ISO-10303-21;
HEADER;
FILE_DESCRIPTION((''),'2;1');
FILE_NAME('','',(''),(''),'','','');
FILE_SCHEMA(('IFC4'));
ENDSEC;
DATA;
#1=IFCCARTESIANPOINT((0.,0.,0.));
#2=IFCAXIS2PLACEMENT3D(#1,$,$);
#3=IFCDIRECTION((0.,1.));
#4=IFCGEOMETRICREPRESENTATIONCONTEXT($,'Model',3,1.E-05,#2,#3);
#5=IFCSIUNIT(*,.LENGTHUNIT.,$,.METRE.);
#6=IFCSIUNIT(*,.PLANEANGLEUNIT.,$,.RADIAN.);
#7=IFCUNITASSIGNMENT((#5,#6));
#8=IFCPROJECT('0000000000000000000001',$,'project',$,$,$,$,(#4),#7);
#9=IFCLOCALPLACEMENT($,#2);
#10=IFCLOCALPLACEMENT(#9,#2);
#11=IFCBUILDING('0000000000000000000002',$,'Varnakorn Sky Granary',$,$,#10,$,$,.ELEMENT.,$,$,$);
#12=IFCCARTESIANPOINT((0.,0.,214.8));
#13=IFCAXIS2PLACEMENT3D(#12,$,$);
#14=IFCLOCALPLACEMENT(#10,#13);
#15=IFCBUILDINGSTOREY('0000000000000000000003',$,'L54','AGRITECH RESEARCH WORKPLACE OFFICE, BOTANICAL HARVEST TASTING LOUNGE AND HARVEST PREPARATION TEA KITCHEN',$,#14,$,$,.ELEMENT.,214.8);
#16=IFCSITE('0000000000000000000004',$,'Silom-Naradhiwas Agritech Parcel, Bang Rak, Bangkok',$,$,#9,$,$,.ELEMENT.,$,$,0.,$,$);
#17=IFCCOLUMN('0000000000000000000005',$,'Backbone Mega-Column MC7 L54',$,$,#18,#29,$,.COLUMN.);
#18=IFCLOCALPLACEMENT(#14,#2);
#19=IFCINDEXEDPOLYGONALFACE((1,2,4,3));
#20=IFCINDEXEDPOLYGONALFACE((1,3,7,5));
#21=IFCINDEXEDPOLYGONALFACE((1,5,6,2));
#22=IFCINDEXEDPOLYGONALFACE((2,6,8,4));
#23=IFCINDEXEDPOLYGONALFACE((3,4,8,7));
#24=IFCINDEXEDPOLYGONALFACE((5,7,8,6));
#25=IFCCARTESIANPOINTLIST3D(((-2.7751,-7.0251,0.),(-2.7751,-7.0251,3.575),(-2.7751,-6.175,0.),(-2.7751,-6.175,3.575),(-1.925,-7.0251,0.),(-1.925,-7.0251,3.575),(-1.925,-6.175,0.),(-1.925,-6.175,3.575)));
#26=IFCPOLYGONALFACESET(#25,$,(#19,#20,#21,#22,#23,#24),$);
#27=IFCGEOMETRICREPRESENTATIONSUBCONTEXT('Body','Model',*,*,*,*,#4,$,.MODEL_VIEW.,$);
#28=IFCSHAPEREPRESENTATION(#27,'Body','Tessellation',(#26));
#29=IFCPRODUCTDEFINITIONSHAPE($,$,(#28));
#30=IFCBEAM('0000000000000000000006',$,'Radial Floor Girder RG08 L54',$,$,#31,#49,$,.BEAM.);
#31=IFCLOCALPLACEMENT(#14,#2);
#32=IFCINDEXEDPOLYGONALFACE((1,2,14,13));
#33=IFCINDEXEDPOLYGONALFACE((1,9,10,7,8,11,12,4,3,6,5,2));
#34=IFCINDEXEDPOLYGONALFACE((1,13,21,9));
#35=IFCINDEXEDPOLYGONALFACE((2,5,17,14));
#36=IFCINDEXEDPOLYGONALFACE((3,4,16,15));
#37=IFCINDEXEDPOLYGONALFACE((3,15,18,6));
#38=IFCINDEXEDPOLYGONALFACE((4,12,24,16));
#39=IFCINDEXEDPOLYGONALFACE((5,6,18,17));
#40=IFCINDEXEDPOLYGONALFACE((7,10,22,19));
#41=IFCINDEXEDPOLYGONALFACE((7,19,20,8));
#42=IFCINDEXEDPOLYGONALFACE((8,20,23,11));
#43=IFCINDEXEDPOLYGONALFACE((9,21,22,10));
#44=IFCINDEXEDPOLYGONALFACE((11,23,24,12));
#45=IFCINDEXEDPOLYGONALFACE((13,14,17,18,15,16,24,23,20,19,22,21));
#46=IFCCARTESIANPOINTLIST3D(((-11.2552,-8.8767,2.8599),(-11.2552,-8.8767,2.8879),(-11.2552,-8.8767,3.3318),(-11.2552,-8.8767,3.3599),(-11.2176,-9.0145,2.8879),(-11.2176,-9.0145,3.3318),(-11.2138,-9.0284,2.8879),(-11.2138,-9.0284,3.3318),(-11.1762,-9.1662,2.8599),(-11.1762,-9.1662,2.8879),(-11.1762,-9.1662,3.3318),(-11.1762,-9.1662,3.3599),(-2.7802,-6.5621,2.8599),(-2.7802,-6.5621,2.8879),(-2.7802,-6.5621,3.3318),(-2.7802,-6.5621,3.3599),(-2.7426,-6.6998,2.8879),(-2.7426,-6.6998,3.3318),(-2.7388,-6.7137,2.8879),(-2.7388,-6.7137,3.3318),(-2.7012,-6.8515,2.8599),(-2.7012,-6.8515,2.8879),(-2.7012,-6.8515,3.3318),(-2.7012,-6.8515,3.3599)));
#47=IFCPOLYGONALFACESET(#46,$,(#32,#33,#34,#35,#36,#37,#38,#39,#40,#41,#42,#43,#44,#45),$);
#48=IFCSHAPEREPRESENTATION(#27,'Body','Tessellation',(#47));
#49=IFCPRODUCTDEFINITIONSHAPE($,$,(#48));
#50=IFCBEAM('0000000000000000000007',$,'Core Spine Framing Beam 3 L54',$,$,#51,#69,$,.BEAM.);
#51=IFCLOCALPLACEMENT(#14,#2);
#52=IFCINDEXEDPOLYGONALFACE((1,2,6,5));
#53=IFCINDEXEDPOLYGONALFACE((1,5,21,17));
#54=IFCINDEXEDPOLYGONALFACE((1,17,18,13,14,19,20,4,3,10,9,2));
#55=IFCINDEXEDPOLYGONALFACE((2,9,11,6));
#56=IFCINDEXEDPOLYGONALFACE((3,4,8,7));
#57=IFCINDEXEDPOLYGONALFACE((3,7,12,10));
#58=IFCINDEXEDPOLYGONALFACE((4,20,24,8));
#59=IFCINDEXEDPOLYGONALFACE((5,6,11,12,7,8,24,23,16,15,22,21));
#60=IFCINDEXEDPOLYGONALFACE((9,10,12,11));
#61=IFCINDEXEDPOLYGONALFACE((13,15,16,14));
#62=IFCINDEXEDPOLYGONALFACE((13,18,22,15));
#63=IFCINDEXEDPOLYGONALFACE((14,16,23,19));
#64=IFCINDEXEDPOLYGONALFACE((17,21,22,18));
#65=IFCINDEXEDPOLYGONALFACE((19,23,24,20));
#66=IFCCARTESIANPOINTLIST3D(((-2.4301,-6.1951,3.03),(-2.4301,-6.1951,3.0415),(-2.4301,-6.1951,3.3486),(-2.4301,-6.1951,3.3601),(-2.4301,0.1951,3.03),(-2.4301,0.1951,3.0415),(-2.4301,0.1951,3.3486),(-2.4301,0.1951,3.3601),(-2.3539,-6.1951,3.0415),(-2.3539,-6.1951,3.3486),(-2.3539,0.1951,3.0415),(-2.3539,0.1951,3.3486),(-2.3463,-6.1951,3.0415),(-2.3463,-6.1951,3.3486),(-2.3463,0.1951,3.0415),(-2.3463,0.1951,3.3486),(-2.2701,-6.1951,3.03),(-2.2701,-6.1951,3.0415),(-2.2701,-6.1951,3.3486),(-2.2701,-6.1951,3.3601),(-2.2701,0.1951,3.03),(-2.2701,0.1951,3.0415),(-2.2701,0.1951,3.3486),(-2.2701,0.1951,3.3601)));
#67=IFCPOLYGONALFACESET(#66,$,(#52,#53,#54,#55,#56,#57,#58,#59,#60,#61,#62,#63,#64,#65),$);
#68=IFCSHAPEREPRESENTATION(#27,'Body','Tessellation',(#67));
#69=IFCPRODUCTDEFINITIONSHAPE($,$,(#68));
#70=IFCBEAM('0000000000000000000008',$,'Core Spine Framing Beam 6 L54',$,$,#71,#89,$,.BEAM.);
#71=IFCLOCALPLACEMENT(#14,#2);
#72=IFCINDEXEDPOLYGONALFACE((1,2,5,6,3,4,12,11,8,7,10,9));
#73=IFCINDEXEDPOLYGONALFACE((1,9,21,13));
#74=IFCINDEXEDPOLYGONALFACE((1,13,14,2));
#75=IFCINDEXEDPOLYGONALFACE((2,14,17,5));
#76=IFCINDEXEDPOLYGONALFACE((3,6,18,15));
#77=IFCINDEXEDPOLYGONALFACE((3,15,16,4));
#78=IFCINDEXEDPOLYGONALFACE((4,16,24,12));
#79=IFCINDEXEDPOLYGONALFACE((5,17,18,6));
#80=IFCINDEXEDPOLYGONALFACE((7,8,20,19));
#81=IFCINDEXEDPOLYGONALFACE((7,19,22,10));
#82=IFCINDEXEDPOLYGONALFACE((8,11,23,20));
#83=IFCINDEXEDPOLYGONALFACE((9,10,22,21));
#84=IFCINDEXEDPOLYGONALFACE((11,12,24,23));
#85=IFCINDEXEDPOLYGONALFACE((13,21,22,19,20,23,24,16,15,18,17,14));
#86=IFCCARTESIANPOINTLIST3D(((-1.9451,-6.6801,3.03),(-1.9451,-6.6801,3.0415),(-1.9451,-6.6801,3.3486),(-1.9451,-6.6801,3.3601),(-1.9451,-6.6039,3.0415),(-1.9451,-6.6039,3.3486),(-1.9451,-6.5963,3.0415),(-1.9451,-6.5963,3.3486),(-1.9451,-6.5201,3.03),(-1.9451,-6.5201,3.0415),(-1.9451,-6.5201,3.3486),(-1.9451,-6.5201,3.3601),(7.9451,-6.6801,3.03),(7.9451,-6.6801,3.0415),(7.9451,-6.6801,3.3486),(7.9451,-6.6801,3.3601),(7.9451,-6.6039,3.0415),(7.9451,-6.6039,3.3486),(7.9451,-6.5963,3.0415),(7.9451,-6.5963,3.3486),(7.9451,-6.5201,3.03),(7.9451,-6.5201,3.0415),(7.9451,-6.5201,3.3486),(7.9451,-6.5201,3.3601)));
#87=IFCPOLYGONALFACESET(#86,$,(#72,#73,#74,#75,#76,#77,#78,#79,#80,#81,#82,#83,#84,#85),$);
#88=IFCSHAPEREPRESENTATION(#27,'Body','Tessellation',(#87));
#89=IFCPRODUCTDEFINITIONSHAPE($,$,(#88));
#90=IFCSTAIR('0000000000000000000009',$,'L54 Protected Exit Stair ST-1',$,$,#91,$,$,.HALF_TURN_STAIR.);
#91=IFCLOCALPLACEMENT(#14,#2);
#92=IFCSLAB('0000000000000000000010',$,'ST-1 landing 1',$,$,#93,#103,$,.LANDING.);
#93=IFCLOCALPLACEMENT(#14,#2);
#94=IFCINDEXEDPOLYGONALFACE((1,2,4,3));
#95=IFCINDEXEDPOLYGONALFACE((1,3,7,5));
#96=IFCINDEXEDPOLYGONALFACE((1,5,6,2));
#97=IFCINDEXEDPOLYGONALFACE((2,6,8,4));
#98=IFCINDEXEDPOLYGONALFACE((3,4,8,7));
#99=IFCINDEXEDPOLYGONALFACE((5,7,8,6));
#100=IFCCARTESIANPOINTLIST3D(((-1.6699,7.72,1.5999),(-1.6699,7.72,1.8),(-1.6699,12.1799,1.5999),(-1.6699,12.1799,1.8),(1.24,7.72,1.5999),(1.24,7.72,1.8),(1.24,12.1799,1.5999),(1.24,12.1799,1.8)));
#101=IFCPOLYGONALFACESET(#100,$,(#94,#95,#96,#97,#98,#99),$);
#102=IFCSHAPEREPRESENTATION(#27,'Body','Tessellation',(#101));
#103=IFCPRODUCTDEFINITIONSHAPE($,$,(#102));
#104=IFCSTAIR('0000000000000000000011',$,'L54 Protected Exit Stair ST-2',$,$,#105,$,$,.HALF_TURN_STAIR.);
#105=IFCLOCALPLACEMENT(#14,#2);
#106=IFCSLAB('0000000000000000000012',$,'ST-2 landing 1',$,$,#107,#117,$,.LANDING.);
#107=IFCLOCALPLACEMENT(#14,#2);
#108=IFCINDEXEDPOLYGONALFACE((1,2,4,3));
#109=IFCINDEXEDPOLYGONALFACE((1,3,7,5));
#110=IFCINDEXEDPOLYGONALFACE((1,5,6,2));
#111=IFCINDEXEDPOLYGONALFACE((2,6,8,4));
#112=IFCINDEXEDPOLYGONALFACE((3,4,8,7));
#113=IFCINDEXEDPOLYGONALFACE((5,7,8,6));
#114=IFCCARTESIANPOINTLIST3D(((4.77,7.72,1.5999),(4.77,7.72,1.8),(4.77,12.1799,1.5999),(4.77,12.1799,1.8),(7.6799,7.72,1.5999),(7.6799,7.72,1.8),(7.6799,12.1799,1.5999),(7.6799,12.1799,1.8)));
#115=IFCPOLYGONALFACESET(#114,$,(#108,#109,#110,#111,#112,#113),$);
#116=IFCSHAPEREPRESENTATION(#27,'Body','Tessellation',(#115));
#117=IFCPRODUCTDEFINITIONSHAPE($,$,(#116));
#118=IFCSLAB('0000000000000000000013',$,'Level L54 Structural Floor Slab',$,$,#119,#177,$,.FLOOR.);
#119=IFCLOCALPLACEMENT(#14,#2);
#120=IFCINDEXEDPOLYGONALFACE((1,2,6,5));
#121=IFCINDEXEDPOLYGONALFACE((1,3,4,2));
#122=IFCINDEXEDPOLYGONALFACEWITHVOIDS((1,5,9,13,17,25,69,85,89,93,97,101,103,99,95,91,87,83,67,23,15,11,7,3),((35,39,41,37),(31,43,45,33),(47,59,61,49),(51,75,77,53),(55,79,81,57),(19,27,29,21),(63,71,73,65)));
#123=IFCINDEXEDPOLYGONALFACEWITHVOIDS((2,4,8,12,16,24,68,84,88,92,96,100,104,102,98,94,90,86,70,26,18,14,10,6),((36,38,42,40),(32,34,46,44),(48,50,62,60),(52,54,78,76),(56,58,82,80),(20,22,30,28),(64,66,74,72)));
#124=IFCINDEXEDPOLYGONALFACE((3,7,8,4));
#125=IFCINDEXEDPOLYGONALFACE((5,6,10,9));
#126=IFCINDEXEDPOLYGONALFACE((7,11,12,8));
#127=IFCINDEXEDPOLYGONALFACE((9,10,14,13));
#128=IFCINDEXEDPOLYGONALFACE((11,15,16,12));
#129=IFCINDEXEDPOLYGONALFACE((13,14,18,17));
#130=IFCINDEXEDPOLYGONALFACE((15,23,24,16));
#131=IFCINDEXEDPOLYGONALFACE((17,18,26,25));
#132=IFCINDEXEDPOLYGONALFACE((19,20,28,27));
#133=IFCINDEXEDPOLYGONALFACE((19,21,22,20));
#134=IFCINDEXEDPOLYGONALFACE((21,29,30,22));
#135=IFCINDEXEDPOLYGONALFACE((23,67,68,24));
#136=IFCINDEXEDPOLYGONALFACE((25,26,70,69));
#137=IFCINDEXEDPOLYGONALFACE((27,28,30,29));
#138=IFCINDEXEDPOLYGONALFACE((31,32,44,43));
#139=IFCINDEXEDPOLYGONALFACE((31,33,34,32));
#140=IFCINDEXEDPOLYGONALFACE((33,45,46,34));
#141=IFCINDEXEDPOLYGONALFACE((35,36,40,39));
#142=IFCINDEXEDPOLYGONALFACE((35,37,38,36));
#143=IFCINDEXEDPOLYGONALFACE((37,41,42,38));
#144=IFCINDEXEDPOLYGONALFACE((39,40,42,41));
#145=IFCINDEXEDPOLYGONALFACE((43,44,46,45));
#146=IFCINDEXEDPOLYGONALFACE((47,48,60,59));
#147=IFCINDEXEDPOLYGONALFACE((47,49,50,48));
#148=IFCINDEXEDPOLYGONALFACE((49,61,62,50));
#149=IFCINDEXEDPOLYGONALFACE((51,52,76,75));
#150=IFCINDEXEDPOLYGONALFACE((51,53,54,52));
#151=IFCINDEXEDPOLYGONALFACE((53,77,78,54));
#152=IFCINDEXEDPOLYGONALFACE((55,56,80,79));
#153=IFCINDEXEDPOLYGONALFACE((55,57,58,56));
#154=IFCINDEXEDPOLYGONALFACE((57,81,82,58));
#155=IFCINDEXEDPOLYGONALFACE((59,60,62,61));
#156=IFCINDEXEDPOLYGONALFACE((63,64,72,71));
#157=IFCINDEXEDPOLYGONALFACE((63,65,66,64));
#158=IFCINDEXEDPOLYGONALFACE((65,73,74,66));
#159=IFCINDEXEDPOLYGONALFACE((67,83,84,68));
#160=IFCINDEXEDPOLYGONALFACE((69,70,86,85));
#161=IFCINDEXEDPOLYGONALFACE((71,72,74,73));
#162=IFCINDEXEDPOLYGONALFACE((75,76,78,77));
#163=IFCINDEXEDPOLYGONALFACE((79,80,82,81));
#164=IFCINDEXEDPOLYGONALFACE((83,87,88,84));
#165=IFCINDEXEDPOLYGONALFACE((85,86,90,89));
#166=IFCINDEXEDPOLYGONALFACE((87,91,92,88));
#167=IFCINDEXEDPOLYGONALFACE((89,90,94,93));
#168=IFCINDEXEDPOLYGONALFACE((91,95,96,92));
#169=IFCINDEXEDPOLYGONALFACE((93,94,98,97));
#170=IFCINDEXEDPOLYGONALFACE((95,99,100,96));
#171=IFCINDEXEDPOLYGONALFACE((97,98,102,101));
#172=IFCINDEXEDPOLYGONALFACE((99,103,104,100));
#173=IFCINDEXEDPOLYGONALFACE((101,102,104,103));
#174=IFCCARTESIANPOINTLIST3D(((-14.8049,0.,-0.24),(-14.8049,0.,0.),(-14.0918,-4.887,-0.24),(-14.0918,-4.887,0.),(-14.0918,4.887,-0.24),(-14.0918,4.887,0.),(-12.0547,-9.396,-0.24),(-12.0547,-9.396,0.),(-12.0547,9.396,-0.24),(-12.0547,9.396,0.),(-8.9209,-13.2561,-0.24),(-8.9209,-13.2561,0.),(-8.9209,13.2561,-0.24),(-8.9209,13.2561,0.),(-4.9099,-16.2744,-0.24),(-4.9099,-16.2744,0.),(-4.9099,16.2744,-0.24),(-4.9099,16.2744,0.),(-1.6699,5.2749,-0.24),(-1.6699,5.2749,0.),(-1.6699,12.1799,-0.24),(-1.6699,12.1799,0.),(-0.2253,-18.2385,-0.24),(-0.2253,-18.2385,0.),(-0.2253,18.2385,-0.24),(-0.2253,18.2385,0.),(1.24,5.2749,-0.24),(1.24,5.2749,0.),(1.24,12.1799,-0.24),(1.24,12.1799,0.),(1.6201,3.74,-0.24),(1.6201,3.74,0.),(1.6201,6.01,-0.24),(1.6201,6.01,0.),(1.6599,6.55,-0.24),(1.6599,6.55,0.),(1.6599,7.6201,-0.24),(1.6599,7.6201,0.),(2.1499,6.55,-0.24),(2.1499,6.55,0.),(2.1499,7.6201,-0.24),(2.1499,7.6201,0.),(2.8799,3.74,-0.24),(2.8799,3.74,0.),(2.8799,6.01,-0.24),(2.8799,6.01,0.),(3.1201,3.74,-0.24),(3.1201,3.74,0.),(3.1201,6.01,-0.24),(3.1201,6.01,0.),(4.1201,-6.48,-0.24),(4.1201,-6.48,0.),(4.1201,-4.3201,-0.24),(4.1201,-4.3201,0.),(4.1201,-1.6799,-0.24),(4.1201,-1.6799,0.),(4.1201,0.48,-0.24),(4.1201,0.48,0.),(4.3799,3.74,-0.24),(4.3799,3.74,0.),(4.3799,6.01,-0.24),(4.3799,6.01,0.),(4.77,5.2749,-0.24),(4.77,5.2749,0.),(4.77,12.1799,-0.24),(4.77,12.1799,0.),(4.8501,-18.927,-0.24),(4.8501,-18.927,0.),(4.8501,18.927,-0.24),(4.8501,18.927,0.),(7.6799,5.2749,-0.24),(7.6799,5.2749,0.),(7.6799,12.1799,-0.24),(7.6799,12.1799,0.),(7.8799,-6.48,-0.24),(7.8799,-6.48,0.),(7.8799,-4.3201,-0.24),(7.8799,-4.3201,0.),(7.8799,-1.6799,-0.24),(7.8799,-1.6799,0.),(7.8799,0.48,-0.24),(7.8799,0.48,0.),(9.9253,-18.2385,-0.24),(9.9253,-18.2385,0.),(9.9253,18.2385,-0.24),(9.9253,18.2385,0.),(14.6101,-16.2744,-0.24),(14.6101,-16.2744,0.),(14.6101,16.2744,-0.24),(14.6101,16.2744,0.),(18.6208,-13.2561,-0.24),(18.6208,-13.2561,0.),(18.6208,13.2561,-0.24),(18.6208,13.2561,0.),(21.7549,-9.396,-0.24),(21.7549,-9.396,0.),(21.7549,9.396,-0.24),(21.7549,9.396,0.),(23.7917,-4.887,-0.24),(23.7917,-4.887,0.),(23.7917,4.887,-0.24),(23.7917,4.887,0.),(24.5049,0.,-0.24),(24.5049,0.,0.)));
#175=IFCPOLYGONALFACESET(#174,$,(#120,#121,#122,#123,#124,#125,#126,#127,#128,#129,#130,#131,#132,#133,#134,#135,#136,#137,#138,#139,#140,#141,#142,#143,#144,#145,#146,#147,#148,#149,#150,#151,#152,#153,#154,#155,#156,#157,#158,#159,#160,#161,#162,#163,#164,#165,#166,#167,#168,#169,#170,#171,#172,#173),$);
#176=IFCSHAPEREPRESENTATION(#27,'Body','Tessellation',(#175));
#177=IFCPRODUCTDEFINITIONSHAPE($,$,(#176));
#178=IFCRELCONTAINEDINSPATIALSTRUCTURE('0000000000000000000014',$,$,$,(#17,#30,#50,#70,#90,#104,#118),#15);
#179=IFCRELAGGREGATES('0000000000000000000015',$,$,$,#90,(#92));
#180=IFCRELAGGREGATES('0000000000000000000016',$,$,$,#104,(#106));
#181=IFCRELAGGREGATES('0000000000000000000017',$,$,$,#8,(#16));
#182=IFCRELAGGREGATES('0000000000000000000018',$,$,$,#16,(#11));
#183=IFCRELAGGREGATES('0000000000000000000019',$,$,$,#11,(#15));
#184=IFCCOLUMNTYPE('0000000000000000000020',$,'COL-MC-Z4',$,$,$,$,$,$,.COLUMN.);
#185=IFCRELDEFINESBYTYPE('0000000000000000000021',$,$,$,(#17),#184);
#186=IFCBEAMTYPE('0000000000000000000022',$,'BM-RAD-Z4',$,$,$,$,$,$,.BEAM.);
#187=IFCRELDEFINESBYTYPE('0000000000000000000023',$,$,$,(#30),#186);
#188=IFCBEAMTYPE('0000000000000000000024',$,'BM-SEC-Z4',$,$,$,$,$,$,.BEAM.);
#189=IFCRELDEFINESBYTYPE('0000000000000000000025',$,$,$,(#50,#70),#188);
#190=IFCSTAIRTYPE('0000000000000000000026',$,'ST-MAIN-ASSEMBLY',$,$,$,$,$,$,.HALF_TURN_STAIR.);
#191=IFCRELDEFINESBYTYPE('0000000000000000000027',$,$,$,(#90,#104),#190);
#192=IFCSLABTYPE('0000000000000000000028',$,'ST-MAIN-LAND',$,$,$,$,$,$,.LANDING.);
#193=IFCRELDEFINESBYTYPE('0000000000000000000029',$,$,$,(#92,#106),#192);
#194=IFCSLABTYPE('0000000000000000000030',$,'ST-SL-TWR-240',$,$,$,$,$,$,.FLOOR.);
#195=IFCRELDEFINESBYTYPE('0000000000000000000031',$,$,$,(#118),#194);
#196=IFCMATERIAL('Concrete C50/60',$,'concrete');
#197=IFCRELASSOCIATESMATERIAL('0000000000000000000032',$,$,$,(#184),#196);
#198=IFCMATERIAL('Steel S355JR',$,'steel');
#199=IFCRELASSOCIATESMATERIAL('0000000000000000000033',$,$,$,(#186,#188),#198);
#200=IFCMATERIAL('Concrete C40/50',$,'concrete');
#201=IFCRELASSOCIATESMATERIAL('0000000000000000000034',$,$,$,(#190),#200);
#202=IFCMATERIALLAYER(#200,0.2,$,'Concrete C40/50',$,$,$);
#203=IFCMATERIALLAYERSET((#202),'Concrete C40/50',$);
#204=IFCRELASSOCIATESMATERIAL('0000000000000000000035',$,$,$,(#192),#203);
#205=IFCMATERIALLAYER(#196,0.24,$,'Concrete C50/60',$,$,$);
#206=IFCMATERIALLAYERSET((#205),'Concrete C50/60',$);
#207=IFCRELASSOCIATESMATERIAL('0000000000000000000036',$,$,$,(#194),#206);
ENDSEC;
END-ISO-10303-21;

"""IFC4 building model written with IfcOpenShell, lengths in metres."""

from ifc_helpers import new_model, si_unit, direction, frame, origin, origin_2d, place, context, subcontext, project, spatial, polyline, rectangle, i_section, outline, extrude, material, layer, layer_set, material_profile, profile_set, type_object, element, aggregate, save


model = new_model("IFC4")

# Units and contexts
model_context = context("Model", 3, precision=1e-05, world=origin(), true_north=direction((0.0, 1.0)))
body_context = subcontext(model_context, "Body", "Model", "MODEL_VIEW")
ifc_project = project(units=[si_unit("LENGTHUNIT", "METRE"), si_unit("PLANEANGLEUNIT", "RADIAN")], contexts=[model_context])

# Site, building, storey
site_placement = place(None, origin())
site = spatial("IfcSite", under=ifc_project, at=site_placement, Name="Silom-Naradhiwas Agritech Parcel, Bang Rak, Bangkok", CompositionType="ELEMENT", RefElevation=0.0)
building_placement = place(site_placement, origin())
building = spatial("IfcBuilding", under=site, at=building_placement, Name="Varnakorn Sky Granary", CompositionType="ELEMENT")
storey_placement = place(building_placement, frame((0.0, 0.0, 214.8)))
storey = spatial("IfcBuildingStorey", under=building, at=storey_placement, Name="L54", Description="AGRITECH RESEARCH WORKPLACE OFFICE, BOTANICAL HARVEST TASTING LOUNGE AND HARVEST PREPARATION TEA KITCHEN", CompositionType="ELEMENT", Elevation=214.8)

# Column
ifc_material_1 = material(Name="Concrete C50/60", Category="concrete")
ifc_material_profile_1 = material_profile(ifc_material_1, rectangle(XDim=0.8501, YDim=0.8501, at=origin_2d()), Name="RC 850x850")
ifc_profile_set_1 = profile_set([ifc_material_profile_1], Name="Concrete C50/60")
column_type = type_object("IfcColumnType", Name="COL-MC-Z4", PredefinedType="COLUMN", material=ifc_profile_set_1)
column_placement = place(storey_placement, frame((-2.3501, -6.6001, 0.0), z_axis=(0.0, 0.0, 1.0), x_axis=(1.0, 0.0, 0.0)))
element("IfcColumn", 1, at=column_placement, inside=storey, type_object=column_type, Name="Backbone Mega-Column MC7 L54", PredefinedType="COLUMN", context=body_context, shape_type="SweptSolid", body=[
    extrude(rectangle(XDim=0.8501, YDim=0.8501, at=origin_2d()), origin(), (0.0, 0.0, 1.0), 3.575),
])

# Beams
ifc_material_2 = material(Name="Steel S355JR", Category="steel")
ifc_material_profile_2 = material_profile(ifc_material_2, i_section(OverallWidth=0.3, OverallDepth=0.5, WebThickness=0.0144, FlangeThickness=0.0281, at=origin_2d()), Name="HE 500 B")
ifc_profile_set_2 = profile_set([ifc_material_profile_2], Name="Steel S355JR")
beam_type_1 = type_object("IfcBeamType", Name="BM-RAD-Z4", PredefinedType="BEAM", material=ifc_profile_set_2)
beam_1_placement = place(storey_placement, frame((-2.7407, -6.7068, 3.1099), z_axis=(-0.964668, -0.263468, 0.0), x_axis=(0.263468, -0.964668, 0.0)))
element("IfcBeam", 2, at=beam_1_placement, inside=storey, type_object=beam_type_1, Name="Radial Floor Girder RG08 L54", PredefinedType="BEAM", context=body_context, shape_type="SweptSolid", body=[
    extrude(i_section(OverallWidth=0.3, OverallDepth=0.5, WebThickness=0.0144, FlangeThickness=0.0281, at=origin_2d()), origin(), (0.0, 0.0, 1.0), 8.7854),
])
ifc_material_profile_3 = material_profile(ifc_material_2, i_section(OverallWidth=0.1599, OverallDepth=0.3301, WebThickness=0.0076, FlangeThickness=0.0115, at=origin_2d()), Name="IPE 330")
ifc_profile_set_3 = profile_set([ifc_material_profile_3], Name="Steel S355JR")
beam_type_2 = type_object("IfcBeamType", Name="BM-SEC-Z4", PredefinedType="BEAM", material=ifc_profile_set_3)
beam_2_placement = place(storey_placement, frame((-2.3501, 0.1951, 3.1951), z_axis=(0.0, -1.0, 0.0), x_axis=(1.0, 0.0, 0.0)))
element("IfcBeam", 3, at=beam_2_placement, inside=storey, type_object=beam_type_2, Name="Core Spine Framing Beam 3 L54", PredefinedType="BEAM", context=body_context, shape_type="SweptSolid", body=[
    extrude(i_section(OverallWidth=0.1599, OverallDepth=0.3301, WebThickness=0.0076, FlangeThickness=0.0115, at=origin_2d()), origin(), (0.0, 0.0, 1.0), 6.3901),
])
beam_3_placement = place(storey_placement, frame((-1.9451, -6.6001, 3.1951), z_axis=(1.0, 0.0, 0.0), x_axis=(0.0, 1.0, 0.0)))
element("IfcBeam", 4, at=beam_3_placement, inside=storey, type_object=beam_type_2, Name="Core Spine Framing Beam 6 L54", PredefinedType="BEAM", context=body_context, shape_type="SweptSolid", body=[
    extrude(i_section(OverallWidth=0.1599, OverallDepth=0.3301, WebThickness=0.0076, FlangeThickness=0.0115, at=origin_2d()), origin(), (0.0, 0.0, 1.0), 9.8901),
])

# Stairs, slabs
ifc_material_3 = material(Name="Concrete C40/50", Category="concrete")
stair_type = type_object("IfcStairType", Name="ST-MAIN-ASSEMBLY", PredefinedType="HALF_TURN_STAIR", material=ifc_material_3)
stair_1_placement = place(storey_placement, origin())
stair_1 = element("IfcStair", 5, at=stair_1_placement, inside=storey, type_object=stair_type, Name="L54 Protected Exit Stair ST-1", PredefinedType="HALF_TURN_STAIR")
ifc_layer_1 = layer(ifc_material_3, 0.2, Name="Concrete C40/50")
ifc_layer_set_1 = layer_set([ifc_layer_1], Name="Concrete C40/50")
slab_type_1 = type_object("IfcSlabType", Name="ST-MAIN-LAND", PredefinedType="LANDING", material=ifc_layer_set_1)
slab_1_placement = place(storey_placement, frame((0.0, 0.0, 1.5999)))
slab_1 = element("IfcSlab", 6, at=slab_1_placement, type_object=slab_type_1, Name="ST-1 landing 1", PredefinedType="LANDING", context=body_context, shape_type="SweptSolid", body=[
    extrude(outline(polyline([(1.24, 7.72), (1.24, 12.1799), (-1.6699, 12.1799), (-1.6699, 7.72), (1.24, 7.72)])), origin(), (0.0, 0.0, 1.0), 0.2002),
])
aggregate(stair_1, [slab_1])
stair_2_placement = place(storey_placement, origin())
stair_2 = element("IfcStair", 7, at=stair_2_placement, inside=storey, type_object=stair_type, Name="L54 Protected Exit Stair ST-2", PredefinedType="HALF_TURN_STAIR")
slab_2_placement = place(storey_placement, frame((0.0, 0.0, 1.5999)))
slab_2 = element("IfcSlab", 8, at=slab_2_placement, type_object=slab_type_1, Name="ST-2 landing 1", PredefinedType="LANDING", context=body_context, shape_type="SweptSolid", body=[
    extrude(outline(polyline([(7.6799, 7.72), (7.6799, 12.1799), (4.77, 12.1799), (4.77, 7.72), (7.6799, 7.72)])), origin(), (0.0, 0.0, 1.0), 0.2002),
])
aggregate(stair_2, [slab_2])

# Slab
ifc_layer_2 = layer(ifc_material_1, 0.24, Name="Concrete C50/60")
ifc_layer_set_2 = layer_set([ifc_layer_2], Name="Concrete C50/60")
slab_type_2 = type_object("IfcSlabType", Name="ST-SL-TWR-240", PredefinedType="FLOOR", material=ifc_layer_set_2)
slab_3_placement = place(storey_placement, frame((0.0, 0.0, -0.24)))
element("IfcSlab", 9, at=slab_3_placement, inside=storey, type_object=slab_type_2, Name="Level L54 Structural Floor Slab", PredefinedType="FLOOR", context=body_context, shape_type="SweptSolid", body=[
    extrude(outline(polyline([(24.5049, 0.0), (23.7917, 4.887), (21.7549, 9.396), (18.6208, 13.2561), (14.6101, 16.2744), (9.9253, 18.2385), (4.8501, 18.927), (-0.2253, 18.2385), (-4.9099, 16.2744), (-8.9209, 13.2561), (-12.0547, 9.396), (-14.0918, 4.887), (-14.8049, 0.0), (-14.0918, -4.887), (-12.0547, -9.396), (-8.9209, -13.2561), (-4.9099, -16.2744), (-0.2253, -18.2385), (4.8501, -18.927), (9.9253, -18.2385), (14.6101, -16.2744), (18.6208, -13.2561), (21.7549, -9.396), (23.7917, -4.887), (24.5049, 0.0)]), holes=[polyline([(1.24, 5.2749), (1.24, 12.1799), (-1.6699, 12.1799), (-1.6699, 5.2749), (1.24, 5.2749)]), polyline([(7.6799, 5.2749), (7.6799, 12.1799), (4.77, 12.1799), (4.77, 5.2749), (7.6799, 5.2749)]), polyline([(1.6599, 6.55), (2.1499, 6.55), (2.1499, 7.6201), (1.6599, 7.6201), (1.6599, 6.55)]), polyline([(1.6201, 3.74), (2.8799, 3.74), (2.8799, 6.01), (1.6201, 6.01), (1.6201, 3.74)]), polyline([(3.1201, 3.74), (4.3799, 3.74), (4.3799, 6.01), (3.1201, 6.01), (3.1201, 3.74)]), polyline([(4.1201, -1.6799), (7.8799, -1.6799), (7.8799, 0.48), (4.1201, 0.48), (4.1201, -1.6799)]), polyline([(4.1201, -6.48), (7.8799, -6.48), (7.8799, -4.3201), (4.1201, -4.3201), (4.1201, -6.48)])]), origin(), (0.0, 0.0, 1.0), 0.24),
])

save(model, "model.ifc")
